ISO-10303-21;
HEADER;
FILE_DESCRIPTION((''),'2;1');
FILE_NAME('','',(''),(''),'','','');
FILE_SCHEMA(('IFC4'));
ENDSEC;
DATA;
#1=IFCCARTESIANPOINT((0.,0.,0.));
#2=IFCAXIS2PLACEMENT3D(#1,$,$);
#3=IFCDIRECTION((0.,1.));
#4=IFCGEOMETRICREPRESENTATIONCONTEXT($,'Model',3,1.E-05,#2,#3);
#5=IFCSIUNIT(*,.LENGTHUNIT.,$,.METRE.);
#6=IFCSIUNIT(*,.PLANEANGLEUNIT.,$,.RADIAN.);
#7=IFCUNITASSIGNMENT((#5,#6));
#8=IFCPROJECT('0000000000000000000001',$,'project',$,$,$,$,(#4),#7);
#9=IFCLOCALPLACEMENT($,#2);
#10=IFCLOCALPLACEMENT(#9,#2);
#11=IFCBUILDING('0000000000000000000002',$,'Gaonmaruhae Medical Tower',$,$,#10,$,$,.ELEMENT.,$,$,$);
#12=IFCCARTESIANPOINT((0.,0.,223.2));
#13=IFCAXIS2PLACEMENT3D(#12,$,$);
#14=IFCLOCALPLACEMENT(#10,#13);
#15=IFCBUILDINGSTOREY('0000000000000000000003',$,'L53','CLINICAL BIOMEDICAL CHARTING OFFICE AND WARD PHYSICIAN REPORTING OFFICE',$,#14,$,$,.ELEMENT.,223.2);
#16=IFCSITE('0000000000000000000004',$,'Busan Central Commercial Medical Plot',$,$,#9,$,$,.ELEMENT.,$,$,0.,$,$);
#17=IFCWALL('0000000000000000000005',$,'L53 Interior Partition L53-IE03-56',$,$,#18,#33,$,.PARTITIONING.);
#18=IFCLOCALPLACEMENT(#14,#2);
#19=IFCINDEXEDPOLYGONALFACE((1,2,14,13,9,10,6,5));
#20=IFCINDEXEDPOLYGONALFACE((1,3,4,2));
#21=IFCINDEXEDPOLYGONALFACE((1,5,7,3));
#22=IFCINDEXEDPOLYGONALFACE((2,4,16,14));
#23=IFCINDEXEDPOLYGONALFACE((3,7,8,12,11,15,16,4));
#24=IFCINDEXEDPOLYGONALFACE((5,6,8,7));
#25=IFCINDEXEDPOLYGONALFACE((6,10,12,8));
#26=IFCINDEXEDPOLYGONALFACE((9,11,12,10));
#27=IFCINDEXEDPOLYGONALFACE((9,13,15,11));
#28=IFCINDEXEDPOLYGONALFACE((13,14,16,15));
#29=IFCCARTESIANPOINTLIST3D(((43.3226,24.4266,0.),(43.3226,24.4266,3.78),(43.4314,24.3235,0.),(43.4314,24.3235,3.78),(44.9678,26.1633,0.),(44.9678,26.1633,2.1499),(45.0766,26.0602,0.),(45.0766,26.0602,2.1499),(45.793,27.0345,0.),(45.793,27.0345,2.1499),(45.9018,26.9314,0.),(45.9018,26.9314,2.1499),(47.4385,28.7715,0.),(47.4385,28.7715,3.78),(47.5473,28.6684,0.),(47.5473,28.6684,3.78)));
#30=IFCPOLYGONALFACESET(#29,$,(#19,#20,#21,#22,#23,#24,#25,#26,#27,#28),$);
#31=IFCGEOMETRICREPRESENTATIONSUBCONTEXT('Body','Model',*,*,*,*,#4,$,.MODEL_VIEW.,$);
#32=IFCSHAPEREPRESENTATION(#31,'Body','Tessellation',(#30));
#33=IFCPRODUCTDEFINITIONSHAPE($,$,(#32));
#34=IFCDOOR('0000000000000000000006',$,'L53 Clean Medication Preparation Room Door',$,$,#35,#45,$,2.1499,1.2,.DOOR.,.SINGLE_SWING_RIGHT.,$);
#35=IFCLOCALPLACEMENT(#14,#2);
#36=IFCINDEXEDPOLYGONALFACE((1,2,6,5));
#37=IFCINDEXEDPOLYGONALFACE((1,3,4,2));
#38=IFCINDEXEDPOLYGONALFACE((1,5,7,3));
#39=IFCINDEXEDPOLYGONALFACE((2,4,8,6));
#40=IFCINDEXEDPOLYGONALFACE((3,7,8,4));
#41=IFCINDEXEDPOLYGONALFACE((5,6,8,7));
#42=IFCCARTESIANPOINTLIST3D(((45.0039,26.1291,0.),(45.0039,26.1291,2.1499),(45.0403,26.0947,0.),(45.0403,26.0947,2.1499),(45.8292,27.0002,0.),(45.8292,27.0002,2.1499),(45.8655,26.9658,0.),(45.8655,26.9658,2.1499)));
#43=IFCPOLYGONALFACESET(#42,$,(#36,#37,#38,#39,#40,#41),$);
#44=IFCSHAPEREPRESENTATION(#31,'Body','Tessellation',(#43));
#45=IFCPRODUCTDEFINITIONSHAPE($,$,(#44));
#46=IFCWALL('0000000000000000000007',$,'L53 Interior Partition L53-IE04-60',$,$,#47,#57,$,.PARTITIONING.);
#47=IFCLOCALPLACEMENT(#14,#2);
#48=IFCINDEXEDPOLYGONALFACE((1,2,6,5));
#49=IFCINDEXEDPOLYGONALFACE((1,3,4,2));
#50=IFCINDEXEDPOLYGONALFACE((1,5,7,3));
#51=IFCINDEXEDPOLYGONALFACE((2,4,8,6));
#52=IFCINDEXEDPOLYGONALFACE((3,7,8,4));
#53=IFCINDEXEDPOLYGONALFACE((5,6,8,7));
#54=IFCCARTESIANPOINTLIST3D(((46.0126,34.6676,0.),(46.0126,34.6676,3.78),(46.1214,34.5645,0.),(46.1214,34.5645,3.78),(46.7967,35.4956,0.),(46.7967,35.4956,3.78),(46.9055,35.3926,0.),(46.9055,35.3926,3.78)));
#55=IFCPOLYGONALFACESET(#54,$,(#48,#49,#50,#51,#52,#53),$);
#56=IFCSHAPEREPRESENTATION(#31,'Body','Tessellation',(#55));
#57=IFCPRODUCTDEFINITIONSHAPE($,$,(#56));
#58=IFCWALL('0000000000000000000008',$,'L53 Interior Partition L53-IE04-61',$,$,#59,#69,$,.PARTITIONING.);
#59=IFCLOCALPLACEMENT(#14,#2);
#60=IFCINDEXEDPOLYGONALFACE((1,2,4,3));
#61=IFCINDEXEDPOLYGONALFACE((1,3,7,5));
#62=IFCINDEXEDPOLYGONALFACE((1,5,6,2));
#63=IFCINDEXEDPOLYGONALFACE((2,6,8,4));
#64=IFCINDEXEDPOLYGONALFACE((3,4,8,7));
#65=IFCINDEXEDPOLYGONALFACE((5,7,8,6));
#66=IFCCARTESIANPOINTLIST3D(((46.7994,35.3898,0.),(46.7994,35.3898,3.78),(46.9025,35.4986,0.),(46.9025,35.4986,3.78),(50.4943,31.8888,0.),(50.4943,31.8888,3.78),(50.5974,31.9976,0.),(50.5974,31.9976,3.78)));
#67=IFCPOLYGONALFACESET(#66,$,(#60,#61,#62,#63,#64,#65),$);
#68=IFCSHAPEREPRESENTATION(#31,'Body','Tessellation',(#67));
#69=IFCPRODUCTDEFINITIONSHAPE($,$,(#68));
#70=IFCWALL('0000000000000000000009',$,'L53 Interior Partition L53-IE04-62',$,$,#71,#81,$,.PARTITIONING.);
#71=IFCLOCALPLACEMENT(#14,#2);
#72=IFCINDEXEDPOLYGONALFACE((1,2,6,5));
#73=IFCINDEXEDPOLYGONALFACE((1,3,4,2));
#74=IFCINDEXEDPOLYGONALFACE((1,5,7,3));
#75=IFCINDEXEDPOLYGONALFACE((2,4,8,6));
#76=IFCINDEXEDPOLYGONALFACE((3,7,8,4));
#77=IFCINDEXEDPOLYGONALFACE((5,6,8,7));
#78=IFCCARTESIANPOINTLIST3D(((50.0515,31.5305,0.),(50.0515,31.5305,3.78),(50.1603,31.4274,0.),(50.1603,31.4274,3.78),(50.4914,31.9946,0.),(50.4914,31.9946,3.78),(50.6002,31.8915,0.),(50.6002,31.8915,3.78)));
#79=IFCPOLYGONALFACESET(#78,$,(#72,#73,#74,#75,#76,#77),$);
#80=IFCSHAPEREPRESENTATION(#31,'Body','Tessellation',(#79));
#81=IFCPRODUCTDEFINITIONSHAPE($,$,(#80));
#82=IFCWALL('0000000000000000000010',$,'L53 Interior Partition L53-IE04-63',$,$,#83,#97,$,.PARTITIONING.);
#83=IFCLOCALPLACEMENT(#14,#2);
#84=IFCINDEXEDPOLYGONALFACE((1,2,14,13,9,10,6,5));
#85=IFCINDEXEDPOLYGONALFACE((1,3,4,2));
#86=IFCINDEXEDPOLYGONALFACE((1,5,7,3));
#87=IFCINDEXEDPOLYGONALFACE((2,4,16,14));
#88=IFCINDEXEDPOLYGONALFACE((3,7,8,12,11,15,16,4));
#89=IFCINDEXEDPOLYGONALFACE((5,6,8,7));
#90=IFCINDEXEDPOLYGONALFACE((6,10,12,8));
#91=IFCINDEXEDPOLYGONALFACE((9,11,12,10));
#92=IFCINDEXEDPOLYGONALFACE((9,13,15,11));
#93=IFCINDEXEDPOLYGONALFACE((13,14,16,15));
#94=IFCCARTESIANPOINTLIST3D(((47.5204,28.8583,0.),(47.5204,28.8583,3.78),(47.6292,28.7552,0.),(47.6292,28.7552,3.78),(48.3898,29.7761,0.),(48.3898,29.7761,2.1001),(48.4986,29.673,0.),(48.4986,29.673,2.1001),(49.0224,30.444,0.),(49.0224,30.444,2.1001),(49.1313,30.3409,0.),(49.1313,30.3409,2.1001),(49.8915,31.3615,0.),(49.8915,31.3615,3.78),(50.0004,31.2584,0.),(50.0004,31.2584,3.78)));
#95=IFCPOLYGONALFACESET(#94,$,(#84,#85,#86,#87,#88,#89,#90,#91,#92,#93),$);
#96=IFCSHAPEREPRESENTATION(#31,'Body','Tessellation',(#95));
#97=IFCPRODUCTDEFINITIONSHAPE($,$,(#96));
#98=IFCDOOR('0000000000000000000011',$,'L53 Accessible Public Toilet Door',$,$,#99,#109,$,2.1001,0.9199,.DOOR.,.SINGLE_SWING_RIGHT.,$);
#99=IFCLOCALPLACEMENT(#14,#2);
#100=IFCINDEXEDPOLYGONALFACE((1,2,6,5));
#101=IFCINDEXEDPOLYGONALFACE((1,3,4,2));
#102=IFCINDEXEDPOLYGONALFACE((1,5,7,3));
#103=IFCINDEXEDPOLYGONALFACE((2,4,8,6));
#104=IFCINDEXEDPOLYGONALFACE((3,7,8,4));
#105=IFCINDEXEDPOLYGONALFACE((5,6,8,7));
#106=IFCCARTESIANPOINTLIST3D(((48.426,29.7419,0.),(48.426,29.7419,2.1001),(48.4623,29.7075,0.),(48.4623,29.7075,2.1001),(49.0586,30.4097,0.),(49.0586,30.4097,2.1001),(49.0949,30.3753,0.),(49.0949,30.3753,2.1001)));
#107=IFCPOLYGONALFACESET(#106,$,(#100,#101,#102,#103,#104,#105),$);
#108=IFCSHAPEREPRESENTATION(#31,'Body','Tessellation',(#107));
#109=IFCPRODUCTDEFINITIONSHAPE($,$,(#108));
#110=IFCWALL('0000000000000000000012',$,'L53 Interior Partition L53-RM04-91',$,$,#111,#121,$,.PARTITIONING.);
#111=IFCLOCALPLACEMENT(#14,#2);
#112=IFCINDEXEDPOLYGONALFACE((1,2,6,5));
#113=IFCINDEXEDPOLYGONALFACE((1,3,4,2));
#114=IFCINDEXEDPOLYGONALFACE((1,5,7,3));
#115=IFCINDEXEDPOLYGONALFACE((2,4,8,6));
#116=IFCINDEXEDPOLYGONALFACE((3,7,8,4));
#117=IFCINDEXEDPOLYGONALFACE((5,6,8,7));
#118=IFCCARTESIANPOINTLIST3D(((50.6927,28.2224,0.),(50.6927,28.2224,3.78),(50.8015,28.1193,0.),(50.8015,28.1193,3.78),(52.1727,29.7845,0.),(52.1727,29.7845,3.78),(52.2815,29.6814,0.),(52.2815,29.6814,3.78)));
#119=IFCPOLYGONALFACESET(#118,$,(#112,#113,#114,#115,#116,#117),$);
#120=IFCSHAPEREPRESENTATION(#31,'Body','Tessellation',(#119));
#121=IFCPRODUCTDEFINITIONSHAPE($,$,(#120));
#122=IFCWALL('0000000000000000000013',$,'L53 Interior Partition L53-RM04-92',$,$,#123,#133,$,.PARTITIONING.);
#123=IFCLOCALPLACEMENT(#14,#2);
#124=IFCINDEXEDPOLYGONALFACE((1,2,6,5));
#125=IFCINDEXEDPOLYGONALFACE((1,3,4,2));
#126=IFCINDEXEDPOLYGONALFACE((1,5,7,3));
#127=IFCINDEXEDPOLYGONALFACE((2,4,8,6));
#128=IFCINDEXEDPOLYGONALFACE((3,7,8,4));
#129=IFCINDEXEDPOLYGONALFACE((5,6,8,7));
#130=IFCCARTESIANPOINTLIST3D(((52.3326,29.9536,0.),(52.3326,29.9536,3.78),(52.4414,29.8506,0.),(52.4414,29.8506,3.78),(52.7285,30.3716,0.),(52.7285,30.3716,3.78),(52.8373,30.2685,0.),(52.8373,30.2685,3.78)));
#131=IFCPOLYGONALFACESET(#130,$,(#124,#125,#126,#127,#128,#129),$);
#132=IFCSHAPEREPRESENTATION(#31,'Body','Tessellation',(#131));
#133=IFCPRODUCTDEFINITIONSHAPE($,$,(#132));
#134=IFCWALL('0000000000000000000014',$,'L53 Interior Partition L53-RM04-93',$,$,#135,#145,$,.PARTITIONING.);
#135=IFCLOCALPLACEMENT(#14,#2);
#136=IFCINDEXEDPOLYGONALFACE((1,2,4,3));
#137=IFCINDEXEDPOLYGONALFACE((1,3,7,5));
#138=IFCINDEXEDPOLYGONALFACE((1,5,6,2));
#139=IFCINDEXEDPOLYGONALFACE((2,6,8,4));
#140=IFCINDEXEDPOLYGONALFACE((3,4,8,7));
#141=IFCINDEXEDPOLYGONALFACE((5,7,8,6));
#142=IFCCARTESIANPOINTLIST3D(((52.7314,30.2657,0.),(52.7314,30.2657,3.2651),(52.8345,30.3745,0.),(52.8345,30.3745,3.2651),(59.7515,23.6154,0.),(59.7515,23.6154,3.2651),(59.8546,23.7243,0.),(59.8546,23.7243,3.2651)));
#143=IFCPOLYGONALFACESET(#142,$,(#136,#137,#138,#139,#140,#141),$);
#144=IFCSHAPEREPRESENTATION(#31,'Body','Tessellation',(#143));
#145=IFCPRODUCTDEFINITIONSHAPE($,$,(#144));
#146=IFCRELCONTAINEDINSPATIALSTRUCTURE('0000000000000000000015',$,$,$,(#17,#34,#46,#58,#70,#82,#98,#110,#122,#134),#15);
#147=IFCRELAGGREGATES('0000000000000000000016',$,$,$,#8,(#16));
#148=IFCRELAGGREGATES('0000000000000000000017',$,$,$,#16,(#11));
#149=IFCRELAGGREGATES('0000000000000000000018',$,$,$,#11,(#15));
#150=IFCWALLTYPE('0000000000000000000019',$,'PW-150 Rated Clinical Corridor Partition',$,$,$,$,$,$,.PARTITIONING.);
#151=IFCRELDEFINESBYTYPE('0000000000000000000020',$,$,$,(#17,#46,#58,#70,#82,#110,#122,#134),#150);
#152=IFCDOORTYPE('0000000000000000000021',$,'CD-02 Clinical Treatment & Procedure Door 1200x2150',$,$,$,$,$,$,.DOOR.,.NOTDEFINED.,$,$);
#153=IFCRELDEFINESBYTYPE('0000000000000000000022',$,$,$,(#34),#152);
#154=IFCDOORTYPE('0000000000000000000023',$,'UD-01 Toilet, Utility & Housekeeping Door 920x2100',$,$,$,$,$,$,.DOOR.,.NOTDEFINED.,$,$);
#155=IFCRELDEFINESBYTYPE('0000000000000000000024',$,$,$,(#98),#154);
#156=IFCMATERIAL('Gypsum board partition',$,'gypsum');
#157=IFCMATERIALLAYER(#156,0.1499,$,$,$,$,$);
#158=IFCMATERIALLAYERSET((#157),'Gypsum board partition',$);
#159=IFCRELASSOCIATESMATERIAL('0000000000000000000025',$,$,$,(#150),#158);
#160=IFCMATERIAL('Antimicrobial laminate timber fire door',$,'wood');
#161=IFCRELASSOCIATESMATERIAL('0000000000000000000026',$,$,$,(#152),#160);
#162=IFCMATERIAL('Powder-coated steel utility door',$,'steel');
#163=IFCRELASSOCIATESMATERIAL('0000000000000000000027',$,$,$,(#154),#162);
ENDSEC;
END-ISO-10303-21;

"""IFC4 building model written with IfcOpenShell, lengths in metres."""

from ifc_helpers import new_model, si_unit, direction, frame, frame_2d, origin, place, context, subcontext, project, spatial, rectangle, extrude, material, layer, layer_set, type_object, element, fill, save


model = new_model("IFC4")

# Units and contexts
model_context = context("Model", 3, precision=1e-05, world=origin(), true_north=direction((0.0, 1.0)))
body_context = subcontext(model_context, "Body", "Model", "MODEL_VIEW")
ifc_project = project(units=[si_unit("LENGTHUNIT", "METRE"), si_unit("PLANEANGLEUNIT", "RADIAN")], contexts=[model_context])

# Site, building, storey
site_placement = place(None, origin())
site = spatial("IfcSite", under=ifc_project, at=site_placement, Name="Busan Central Commercial Medical Plot", CompositionType="ELEMENT", RefElevation=0.0)
building_placement = place(site_placement, origin())
building = spatial("IfcBuilding", under=site, at=building_placement, Name="Gaonmaruhae Medical Tower", CompositionType="ELEMENT")
storey_placement = place(building_placement, frame((0.0, 0.0, 223.2)))
storey = spatial("IfcBuildingStorey", under=building, at=storey_placement, Name="L53", Description="CLINICAL BIOMEDICAL CHARTING OFFICE AND WARD PHYSICIAN REPORTING OFFICE", CompositionType="ELEMENT", Elevation=223.2)

# Wall, opening, door
ifc_material_1 = material(Name="Gypsum board partition", Category="gypsum")
ifc_layer_1 = layer(ifc_material_1, 0.1499)
ifc_layer_set_1 = layer_set([ifc_layer_1], Name="Gypsum board partition")
wall_type_1 = type_object("IfcWallType", Name="PW-150 Rated Clinical Corridor Partition", PredefinedType="PARTITIONING", material=ifc_layer_set_1)
wall_1_placement = place(storey_placement, frame((47.4929, 28.72, 0.0), z_axis=(0.0, 0.0, 1.0), x_axis=(-0.687716, -0.725979, 0.0)))
wall_1 = element("IfcWall", 1, at=wall_1_placement, inside=storey, type_object=wall_type_1, Name="L53 Interior Partition L53-IE03-56", PredefinedType="PARTITIONING", context=body_context, shape_type="SweptSolid", body=[
    extrude(rectangle(XDim=5.9849, YDim=0.1499, at=frame_2d((2.9924, 0.0))), origin(), (0.0, 0.0, 1.0), 3.78),
])
opening_1_placement = place(wall_1_placement, frame((2.3926, 0.0, 0.0)))
opening_1 = element("IfcOpeningElement", 2, at=opening_1_placement, cuts=wall_1, PredefinedType="OPENING", context=body_context, shape_type="SweptSolid", body=[
    extrude(rectangle(XDim=1.2, YDim=2.1499, at=frame_2d((0.6001, 1.075))), frame((0.0, 0.085, 0.0), z_axis=(0.0, -1.0, 0.0), x_axis=(1.0, 0.0, 0.0)), (0.0, 0.0, 1.0), 0.1699),
])
ifc_material_2 = material(Name="Antimicrobial laminate timber fire door", Category="wood")
door_type_1 = type_object("IfcDoorType", Name="CD-02 Clinical Treatment & Procedure Door 1200x2150", OperationType="NOTDEFINED", PredefinedType="DOOR", material=ifc_material_2)
door_1_placement = place(opening_1_placement, origin())
door_1 = element("IfcDoor", 3, at=door_1_placement, inside=storey, type_object=door_type_1, Name="L53 Clean Medication Preparation Room Door", OperationType="SINGLE_SWING_RIGHT", OverallHeight=2.1499, OverallWidth=1.2, PredefinedType="DOOR", context=body_context, shape_type="SweptSolid", body=[
    extrude(rectangle(XDim=1.2, YDim=2.1499, at=frame_2d((0.6001, 1.075))), frame((0.0, 0.0249, 0.0), z_axis=(0.0, -1.0, 0.0), x_axis=(1.0, 0.0, 0.0)), (0.0, 0.0, 1.0), 0.05),
])
fill(opening_1, door_1)

# Walls
wall_2_placement = place(storey_placement, frame((46.0669, 34.616, 0.0), z_axis=(0.0, 0.0, 1.0), x_axis=(0.687578, 0.72611, 0.0)))
element("IfcWall", 4, at=wall_2_placement, inside=storey, type_object=wall_type_1, Name="L53 Interior Partition L53-IE04-60", PredefinedType="PARTITIONING", context=body_context, shape_type="SweptSolid", body=[
    extrude(rectangle(XDim=1.1404, YDim=0.1499, at=frame_2d((0.5703, 0.0))), origin(), (0.0, 0.0, 1.0), 3.78),
])
wall_3_placement = place(storey_placement, frame((46.8511, 35.4441, 0.0), z_axis=(0.0, 0.0, 1.0), x_axis=(0.725892, -0.687809, 0.0)))
element("IfcWall", 5, at=wall_3_placement, inside=storey, type_object=wall_type_1, Name="L53 Interior Partition L53-IE04-61", PredefinedType="PARTITIONING", context=body_context, shape_type="SweptSolid", body=[
    extrude(rectangle(XDim=5.0901, YDim=0.1499, at=frame_2d((2.5449, 0.0))), origin(), (0.0, 0.0, 1.0), 3.78),
])
wall_4_placement = place(storey_placement, frame((50.5459, 31.9431, 0.0), z_axis=(0.0, 0.0, 1.0), x_axis=(-0.687956, -0.725752, 0.0)))
element("IfcWall", 6, at=wall_4_placement, inside=storey, type_object=wall_type_1, Name="L53 Interior Partition L53-IE04-62", PredefinedType="PARTITIONING", context=body_context, shape_type="SweptSolid", body=[
    extrude(rectangle(XDim=0.6394, YDim=0.1499, at=frame_2d((0.3198, 0.0))), origin(), (0.0, 0.0, 1.0), 3.78),
])

# Wall, opening, door
wall_5_placement = place(storey_placement, frame((49.946, 31.3101, 0.0), z_axis=(0.0, 0.0, 1.0), x_axis=(-0.687694, -0.726001, 0.0)))
wall_5 = element("IfcWall", 7, at=wall_5_placement, inside=storey, type_object=wall_type_1, Name="L53 Interior Partition L53-IE04-63", PredefinedType="PARTITIONING", context=body_context, shape_type="SweptSolid", body=[
    extrude(rectangle(XDim=3.448, YDim=0.1499, at=frame_2d((1.7241, 0.0))), origin(), (0.0, 0.0, 1.0), 3.78),
])
opening_2_placement = place(wall_5_placement, frame((1.2639, 0.0, 0.0)))
opening_2 = element("IfcOpeningElement", 8, at=opening_2_placement, cuts=wall_5, PredefinedType="OPENING", context=body_context, shape_type="SweptSolid", body=[
    extrude(rectangle(XDim=0.9199, YDim=2.1001, at=frame_2d((0.46, 1.05))), frame((0.0, 0.085, 0.0), z_axis=(0.0, -1.0, 0.0), x_axis=(1.0, 0.0, 0.0)), (0.0, 0.0, 1.0), 0.1699),
])
ifc_material_3 = material(Name="Powder-coated steel utility door", Category="steel")
door_type_2 = type_object("IfcDoorType", Name="UD-01 Toilet, Utility & Housekeeping Door 920x2100", OperationType="NOTDEFINED", PredefinedType="DOOR", material=ifc_material_3)
door_2_placement = place(opening_2_placement, origin())
door_2 = element("IfcDoor", 9, at=door_2_placement, inside=storey, type_object=door_type_2, Name="L53 Accessible Public Toilet Door", OperationType="SINGLE_SWING_RIGHT", OverallHeight=2.1001, OverallWidth=0.9199, PredefinedType="DOOR", context=body_context, shape_type="SweptSolid", body=[
    extrude(rectangle(XDim=0.9199, YDim=2.1001, at=frame_2d((0.46, 1.05))), frame((0.0, 0.0249, 0.0), z_axis=(0.0, -1.0, 0.0), x_axis=(1.0, 0.0, 0.0)), (0.0, 0.0, 1.0), 0.05),
])
fill(opening_2, door_2)

# Walls
wall_6_placement = place(storey_placement, frame((50.7471, 28.1709, 0.0), z_axis=(0.0, 0.0, 1.0), x_axis=(0.687789, 0.725911, 0.0)))
element("IfcWall", 10, at=wall_6_placement, inside=storey, type_object=wall_type_1, Name="L53 Interior Partition L53-RM04-91", PredefinedType="PARTITIONING", context=body_context, shape_type="SweptSolid", body=[
    extrude(rectangle(XDim=2.1519, YDim=0.1499, at=frame_2d((1.0759, 0.0))), origin(), (0.0, 0.0, 1.0), 3.78),
])
wall_7_placement = place(storey_placement, frame((52.387, 29.9021, 0.0), z_axis=(0.0, 0.0, 1.0), x_axis=(0.687768, 0.72593, 0.0)))
element("IfcWall", 11, at=wall_7_placement, inside=storey, type_object=wall_type_1, Name="L53 Interior Partition L53-RM04-92", PredefinedType="PARTITIONING", context=body_context, shape_type="SweptSolid", body=[
    extrude(rectangle(XDim=0.5757, YDim=0.1499, at=frame_2d((0.2878, 0.0))), origin(), (0.0, 0.0, 1.0), 3.78),
])
wall_8_placement = place(storey_placement, frame((52.783, 30.3201, 0.0), z_axis=(0.0, 0.0, 1.0), x_axis=(0.725973, -0.687723, 0.0)))
element("IfcWall", 12, at=wall_8_placement, inside=storey, type_object=wall_type_1, Name="L53 Interior Partition L53-RM04-93", PredefinedType="PARTITIONING", context=body_context, shape_type="SweptSolid", body=[
    extrude(rectangle(XDim=9.6699, YDim=0.1499, at=frame_2d((4.835, 0.0))), origin(), (0.0, 0.0, 1.0), 3.2651),
])

save(model, "model.ifc")
